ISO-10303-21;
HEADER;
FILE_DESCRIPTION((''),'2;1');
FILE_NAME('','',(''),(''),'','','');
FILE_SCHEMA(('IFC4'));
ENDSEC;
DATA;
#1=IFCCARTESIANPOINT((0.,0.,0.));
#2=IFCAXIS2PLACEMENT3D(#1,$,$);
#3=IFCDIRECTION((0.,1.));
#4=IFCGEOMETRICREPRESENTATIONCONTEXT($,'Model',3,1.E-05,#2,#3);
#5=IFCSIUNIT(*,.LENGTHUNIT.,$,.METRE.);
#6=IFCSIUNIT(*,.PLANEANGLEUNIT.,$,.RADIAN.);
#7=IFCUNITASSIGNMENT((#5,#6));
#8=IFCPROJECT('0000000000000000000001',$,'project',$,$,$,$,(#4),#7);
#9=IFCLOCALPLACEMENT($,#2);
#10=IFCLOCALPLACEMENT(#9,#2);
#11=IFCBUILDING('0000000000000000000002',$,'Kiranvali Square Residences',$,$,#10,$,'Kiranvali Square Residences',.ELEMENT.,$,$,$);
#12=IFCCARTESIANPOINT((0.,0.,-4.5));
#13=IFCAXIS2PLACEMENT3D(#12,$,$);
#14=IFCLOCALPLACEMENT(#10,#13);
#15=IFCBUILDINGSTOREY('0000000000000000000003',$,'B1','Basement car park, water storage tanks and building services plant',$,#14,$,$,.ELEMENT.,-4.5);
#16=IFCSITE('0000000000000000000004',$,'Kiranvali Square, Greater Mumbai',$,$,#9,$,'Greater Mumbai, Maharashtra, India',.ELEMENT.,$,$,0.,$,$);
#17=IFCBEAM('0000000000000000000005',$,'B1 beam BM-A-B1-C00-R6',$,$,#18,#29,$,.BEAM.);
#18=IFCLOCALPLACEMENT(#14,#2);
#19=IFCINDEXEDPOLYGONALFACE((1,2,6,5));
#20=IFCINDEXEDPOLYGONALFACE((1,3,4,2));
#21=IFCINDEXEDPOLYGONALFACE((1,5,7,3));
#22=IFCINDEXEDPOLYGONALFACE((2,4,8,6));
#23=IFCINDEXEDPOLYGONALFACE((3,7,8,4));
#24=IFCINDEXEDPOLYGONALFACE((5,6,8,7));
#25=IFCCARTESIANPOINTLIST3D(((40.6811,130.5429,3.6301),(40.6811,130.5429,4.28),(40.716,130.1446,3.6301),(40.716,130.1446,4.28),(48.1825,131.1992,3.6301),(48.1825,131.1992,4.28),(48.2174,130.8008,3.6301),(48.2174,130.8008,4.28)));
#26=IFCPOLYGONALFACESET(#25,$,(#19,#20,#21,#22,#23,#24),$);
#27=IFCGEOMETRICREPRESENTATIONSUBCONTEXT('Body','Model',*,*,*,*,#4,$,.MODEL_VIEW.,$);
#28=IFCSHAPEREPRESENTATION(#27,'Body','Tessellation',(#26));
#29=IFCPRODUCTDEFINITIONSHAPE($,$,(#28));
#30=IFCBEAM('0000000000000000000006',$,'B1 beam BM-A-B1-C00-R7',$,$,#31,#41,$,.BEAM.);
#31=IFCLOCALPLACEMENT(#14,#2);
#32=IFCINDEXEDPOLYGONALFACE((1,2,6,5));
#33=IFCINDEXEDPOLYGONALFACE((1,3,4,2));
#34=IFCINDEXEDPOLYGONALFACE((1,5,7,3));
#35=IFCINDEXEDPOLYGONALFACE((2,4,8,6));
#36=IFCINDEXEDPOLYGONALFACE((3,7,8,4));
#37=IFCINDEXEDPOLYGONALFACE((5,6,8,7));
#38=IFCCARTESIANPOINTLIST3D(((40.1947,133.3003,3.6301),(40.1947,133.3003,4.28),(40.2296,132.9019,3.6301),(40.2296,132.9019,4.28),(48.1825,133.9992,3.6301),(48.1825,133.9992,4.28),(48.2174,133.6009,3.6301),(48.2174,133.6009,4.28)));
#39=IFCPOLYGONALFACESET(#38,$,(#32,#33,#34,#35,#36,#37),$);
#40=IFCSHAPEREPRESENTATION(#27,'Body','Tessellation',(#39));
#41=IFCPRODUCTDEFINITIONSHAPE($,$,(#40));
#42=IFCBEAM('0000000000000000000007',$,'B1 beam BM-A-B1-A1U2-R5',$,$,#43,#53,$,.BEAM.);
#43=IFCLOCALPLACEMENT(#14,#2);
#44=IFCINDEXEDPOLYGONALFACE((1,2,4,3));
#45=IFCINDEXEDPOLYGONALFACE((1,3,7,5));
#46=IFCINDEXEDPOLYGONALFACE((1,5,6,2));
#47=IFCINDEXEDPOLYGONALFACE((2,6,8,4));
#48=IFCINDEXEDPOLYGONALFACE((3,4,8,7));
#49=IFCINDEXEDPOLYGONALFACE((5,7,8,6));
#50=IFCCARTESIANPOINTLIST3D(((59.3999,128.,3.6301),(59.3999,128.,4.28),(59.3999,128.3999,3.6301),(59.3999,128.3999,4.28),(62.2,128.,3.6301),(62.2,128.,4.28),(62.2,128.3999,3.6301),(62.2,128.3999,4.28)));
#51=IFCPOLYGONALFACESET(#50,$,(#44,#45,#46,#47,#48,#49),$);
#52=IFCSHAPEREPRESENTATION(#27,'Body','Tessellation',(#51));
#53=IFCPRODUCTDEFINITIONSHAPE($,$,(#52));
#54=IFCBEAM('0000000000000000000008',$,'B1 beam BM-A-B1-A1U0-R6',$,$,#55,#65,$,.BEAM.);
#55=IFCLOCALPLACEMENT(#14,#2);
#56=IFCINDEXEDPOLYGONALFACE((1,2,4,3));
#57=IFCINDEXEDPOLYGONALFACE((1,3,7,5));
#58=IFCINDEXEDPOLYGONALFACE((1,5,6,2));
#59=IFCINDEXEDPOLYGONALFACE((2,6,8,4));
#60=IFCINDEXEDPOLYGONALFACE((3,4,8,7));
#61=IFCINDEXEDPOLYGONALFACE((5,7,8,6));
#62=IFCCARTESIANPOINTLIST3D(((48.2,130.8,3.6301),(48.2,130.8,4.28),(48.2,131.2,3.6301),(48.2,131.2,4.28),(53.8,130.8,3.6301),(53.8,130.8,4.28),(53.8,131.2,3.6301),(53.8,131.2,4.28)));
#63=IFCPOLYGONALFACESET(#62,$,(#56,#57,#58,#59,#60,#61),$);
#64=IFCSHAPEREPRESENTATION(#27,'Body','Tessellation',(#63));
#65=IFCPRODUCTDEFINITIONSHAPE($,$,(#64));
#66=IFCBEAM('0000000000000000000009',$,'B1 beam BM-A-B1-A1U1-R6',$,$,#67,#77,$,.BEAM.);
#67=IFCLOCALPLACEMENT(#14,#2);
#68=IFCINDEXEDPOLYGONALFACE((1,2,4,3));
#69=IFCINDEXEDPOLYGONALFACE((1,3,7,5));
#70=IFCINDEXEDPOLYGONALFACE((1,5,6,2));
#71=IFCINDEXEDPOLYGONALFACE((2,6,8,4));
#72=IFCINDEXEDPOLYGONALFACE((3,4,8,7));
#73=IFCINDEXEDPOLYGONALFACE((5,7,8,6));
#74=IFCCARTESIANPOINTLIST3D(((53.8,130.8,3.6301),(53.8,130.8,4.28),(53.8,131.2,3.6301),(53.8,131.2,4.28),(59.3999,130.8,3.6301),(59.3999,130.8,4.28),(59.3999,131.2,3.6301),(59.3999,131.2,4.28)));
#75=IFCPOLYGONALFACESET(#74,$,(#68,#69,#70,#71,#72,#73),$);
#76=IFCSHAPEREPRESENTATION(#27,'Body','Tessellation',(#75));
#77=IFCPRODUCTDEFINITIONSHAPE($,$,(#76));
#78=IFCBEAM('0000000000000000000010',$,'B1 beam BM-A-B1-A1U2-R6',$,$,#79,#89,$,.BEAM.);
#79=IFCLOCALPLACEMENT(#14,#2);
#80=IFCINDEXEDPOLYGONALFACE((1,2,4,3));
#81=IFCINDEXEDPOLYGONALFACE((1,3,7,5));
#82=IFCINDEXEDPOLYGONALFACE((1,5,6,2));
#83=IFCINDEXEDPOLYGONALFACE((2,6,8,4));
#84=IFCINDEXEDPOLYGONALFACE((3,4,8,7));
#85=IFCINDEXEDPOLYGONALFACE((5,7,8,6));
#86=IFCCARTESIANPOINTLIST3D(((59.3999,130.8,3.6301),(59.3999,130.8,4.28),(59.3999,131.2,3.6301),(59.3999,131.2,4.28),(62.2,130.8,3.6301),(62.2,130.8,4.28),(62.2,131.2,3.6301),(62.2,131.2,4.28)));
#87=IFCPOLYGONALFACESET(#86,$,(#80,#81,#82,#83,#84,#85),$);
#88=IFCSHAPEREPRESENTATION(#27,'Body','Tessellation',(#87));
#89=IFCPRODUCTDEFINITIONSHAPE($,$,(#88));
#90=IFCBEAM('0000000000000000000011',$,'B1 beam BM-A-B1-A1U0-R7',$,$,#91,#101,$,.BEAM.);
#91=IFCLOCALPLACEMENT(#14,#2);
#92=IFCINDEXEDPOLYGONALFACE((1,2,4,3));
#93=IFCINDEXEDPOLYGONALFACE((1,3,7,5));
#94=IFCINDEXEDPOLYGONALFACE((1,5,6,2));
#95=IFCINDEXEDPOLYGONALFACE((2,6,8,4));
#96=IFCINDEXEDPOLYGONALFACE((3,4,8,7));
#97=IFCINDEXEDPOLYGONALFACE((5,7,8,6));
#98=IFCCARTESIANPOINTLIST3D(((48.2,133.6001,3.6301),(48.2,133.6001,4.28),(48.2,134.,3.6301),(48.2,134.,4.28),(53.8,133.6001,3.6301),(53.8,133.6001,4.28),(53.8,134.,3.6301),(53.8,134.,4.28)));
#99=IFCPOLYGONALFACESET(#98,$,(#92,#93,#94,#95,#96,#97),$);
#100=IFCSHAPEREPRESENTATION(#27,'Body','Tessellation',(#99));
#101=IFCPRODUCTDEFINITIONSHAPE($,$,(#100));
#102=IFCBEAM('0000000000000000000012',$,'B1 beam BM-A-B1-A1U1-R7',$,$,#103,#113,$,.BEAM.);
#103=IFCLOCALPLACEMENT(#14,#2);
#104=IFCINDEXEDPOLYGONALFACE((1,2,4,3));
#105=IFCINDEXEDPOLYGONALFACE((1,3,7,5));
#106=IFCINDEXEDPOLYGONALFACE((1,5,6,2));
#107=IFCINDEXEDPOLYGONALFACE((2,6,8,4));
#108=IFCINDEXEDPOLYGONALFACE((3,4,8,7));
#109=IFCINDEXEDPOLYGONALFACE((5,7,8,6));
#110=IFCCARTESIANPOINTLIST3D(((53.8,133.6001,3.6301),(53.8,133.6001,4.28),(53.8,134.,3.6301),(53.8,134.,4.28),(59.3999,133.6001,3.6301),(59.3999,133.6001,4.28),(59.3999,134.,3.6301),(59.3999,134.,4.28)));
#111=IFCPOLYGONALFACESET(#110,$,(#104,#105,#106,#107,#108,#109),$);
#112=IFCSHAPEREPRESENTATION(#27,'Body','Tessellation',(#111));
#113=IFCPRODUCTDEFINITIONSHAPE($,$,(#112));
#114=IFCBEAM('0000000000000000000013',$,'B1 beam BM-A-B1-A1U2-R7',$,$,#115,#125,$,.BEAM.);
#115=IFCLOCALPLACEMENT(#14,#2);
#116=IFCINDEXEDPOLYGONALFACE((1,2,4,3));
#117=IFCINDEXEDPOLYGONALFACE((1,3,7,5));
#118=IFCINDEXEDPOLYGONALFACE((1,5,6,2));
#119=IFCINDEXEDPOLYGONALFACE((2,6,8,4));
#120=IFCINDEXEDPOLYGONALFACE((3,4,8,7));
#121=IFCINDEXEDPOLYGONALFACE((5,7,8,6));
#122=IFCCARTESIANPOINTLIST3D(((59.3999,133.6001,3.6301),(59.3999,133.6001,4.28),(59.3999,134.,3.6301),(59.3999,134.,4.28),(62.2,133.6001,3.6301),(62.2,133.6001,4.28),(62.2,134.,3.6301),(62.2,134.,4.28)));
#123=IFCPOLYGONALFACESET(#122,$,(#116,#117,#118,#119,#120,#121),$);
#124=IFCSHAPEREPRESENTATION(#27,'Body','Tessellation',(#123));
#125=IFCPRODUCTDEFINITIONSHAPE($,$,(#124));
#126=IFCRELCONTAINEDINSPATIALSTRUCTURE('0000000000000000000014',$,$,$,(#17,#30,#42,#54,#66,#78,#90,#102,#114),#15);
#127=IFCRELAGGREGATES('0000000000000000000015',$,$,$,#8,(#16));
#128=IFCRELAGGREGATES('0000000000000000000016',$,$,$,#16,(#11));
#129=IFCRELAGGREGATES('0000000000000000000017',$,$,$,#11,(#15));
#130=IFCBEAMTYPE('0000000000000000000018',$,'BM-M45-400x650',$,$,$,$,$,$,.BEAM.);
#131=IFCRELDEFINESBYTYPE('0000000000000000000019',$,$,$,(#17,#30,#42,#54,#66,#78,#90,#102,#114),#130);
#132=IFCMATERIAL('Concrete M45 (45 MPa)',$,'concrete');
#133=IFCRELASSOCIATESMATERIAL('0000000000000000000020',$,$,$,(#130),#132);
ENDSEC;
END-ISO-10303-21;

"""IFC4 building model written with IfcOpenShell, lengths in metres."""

from ifc_helpers import new_model, si_unit, direction, frame, origin, origin_2d, place, context, subcontext, project, spatial, rectangle, extrude, material, material_profile, profile_set, type_object, element, save


model = new_model("IFC4")

# Units and contexts
model_context = context("Model", 3, precision=1e-05, world=origin(), true_north=direction((0.0, 1.0)))
body_context = subcontext(model_context, "Body", "Model", "MODEL_VIEW")
ifc_project = project(units=[si_unit("LENGTHUNIT", "METRE"), si_unit("PLANEANGLEUNIT", "RADIAN")], contexts=[model_context])

# Site, building, storey
site_placement = place(None, origin())
site = spatial("IfcSite", under=ifc_project, at=site_placement, Name="Kiranvali Square, Greater Mumbai", LongName="Greater Mumbai, Maharashtra, India", CompositionType="ELEMENT", RefElevation=0.0)
building_placement = place(site_placement, origin())
building = spatial("IfcBuilding", under=site, at=building_placement, Name="Kiranvali Square Residences", LongName="Kiranvali Square Residences", CompositionType="ELEMENT")
storey_placement = place(building_placement, frame((0.0, 0.0, -4.5)))
storey = spatial("IfcBuildingStorey", under=building, at=storey_placement, Name="B1", Description="Basement car park, water storage tanks and building services plant", CompositionType="ELEMENT", Elevation=-4.5)

# Beams
ifc_material_1 = material(Name="Concrete M45 (45 MPa)", Category="concrete")
ifc_material_profile_1 = material_profile(ifc_material_1, rectangle(XDim=0.3999, YDim=0.6499, at=origin_2d()), Name="RC 400x650")
ifc_profile_set_1 = profile_set([ifc_material_profile_1], Name="Concrete M45 (45 MPa)")
beam_type_1 = type_object("IfcBeamType", Name="BM-M45-400x650", PredefinedType="BEAM", material=ifc_profile_set_1)
beam_1_placement = place(storey_placement, frame((48.2, 131.0, 3.9551), z_axis=(-0.996195, -0.08715, 0.0), x_axis=(0.08715, -0.996195, 0.0)))
element("IfcBeam", 1, at=beam_1_placement, inside=storey, type_object=beam_type_1, Name="B1 beam BM-A-B1-C00-R6", PredefinedType="BEAM", context=body_context, shape_type="SweptSolid", body=[
    extrude(rectangle(XDim=0.3999, YDim=0.6499, at=origin_2d()), origin(), (0.0, 0.0, 1.0), 7.53),
])
beam_2_placement = place(storey_placement, frame((48.2, 133.8, 3.9551), z_axis=(-0.996193, -0.087172, 0.0), x_axis=(0.087172, -0.996193, 0.0)))
element("IfcBeam", 2, at=beam_2_placement, inside=storey, type_object=beam_type_1, Name="B1 beam BM-A-B1-C00-R7", PredefinedType="BEAM", context=body_context, shape_type="SweptSolid", body=[
    extrude(rectangle(XDim=0.3999, YDim=0.6499, at=origin_2d()), origin(), (0.0, 0.0, 1.0), 8.0183),
])
beam_3_placement = place(storey_placement, frame((59.3999, 128.2, 3.9551), z_axis=(1.0, 0.0, 0.0), x_axis=(0.0, 1.0, 0.0)))
element("IfcBeam", 3, at=beam_3_placement, inside=storey, type_object=beam_type_1, Name="B1 beam BM-A-B1-A1U2-R5", PredefinedType="BEAM", context=body_context, shape_type="SweptSolid", body=[
    extrude(rectangle(XDim=0.3999, YDim=0.6499, at=origin_2d()), origin(), (0.0, 0.0, 1.0), 2.8),
])
beam_4_placement = place(storey_placement, frame((48.2, 131.0, 3.9551), z_axis=(1.0, 0.0, 0.0), x_axis=(0.0, 1.0, 0.0)))
element("IfcBeam", 4, at=beam_4_placement, inside=storey, type_object=beam_type_1, Name="B1 beam BM-A-B1-A1U0-R6", PredefinedType="BEAM", context=body_context, shape_type="SweptSolid", body=[
    extrude(rectangle(XDim=0.3999, YDim=0.6499, at=origin_2d()), origin(), (0.0, 0.0, 1.0), 5.6001),
])
beam_5_placement = place(storey_placement, frame((53.8, 131.0, 3.9551), z_axis=(1.0, 0.0, 0.0), x_axis=(0.0, 1.0, 0.0)))
element("IfcBeam", 5, at=beam_5_placement, inside=storey, type_object=beam_type_1, Name="B1 beam BM-A-B1-A1U1-R6", PredefinedType="BEAM", context=body_context, shape_type="SweptSolid", body=[
    extrude(rectangle(XDim=0.3999, YDim=0.6499, at=origin_2d()), origin(), (0.0, 0.0, 1.0), 5.5999),
])
beam_6_placement = place(storey_placement, frame((59.3999, 131.0, 3.9551), z_axis=(1.0, 0.0, 0.0), x_axis=(0.0, 1.0, 0.0)))
element("IfcBeam", 6, at=beam_6_placement, inside=storey, type_object=beam_type_1, Name="B1 beam BM-A-B1-A1U2-R6", PredefinedType="BEAM", context=body_context, shape_type="SweptSolid", body=[
    extrude(rectangle(XDim=0.3999, YDim=0.6499, at=origin_2d()), origin(), (0.0, 0.0, 1.0), 2.8),
])
beam_7_placement = place(storey_placement, frame((48.2, 133.8, 3.9551), z_axis=(1.0, 0.0, 0.0), x_axis=(0.0, 1.0, 0.0)))
element("IfcBeam", 7, at=beam_7_placement, inside=storey, type_object=beam_type_1, Name="B1 beam BM-A-B1-A1U0-R7", PredefinedType="BEAM", context=body_context, shape_type="SweptSolid", body=[
    extrude(rectangle(XDim=0.3999, YDim=0.6499, at=origin_2d()), origin(), (0.0, 0.0, 1.0), 5.6001),
])
beam_8_placement = place(storey_placement, frame((53.8, 133.8, 3.9551), z_axis=(1.0, 0.0, 0.0), x_axis=(0.0, 1.0, 0.0)))
element("IfcBeam", 8, at=beam_8_placement, inside=storey, type_object=beam_type_1, Name="B1 beam BM-A-B1-A1U1-R7", PredefinedType="BEAM", context=body_context, shape_type="SweptSolid", body=[
    extrude(rectangle(XDim=0.3999, YDim=0.6499, at=origin_2d()), origin(), (0.0, 0.0, 1.0), 5.5999),
])
beam_9_placement = place(storey_placement, frame((59.3999, 133.8, 3.9551), z_axis=(1.0, 0.0, 0.0), x_axis=(0.0, 1.0, 0.0)))
element("IfcBeam", 9, at=beam_9_placement, inside=storey, type_object=beam_type_1, Name="B1 beam BM-A-B1-A1U2-R7", PredefinedType="BEAM", context=body_context, shape_type="SweptSolid", body=[
    extrude(rectangle(XDim=0.3999, YDim=0.6499, at=origin_2d()), origin(), (0.0, 0.0, 1.0), 2.8),
])

save(model, "model.ifc")
